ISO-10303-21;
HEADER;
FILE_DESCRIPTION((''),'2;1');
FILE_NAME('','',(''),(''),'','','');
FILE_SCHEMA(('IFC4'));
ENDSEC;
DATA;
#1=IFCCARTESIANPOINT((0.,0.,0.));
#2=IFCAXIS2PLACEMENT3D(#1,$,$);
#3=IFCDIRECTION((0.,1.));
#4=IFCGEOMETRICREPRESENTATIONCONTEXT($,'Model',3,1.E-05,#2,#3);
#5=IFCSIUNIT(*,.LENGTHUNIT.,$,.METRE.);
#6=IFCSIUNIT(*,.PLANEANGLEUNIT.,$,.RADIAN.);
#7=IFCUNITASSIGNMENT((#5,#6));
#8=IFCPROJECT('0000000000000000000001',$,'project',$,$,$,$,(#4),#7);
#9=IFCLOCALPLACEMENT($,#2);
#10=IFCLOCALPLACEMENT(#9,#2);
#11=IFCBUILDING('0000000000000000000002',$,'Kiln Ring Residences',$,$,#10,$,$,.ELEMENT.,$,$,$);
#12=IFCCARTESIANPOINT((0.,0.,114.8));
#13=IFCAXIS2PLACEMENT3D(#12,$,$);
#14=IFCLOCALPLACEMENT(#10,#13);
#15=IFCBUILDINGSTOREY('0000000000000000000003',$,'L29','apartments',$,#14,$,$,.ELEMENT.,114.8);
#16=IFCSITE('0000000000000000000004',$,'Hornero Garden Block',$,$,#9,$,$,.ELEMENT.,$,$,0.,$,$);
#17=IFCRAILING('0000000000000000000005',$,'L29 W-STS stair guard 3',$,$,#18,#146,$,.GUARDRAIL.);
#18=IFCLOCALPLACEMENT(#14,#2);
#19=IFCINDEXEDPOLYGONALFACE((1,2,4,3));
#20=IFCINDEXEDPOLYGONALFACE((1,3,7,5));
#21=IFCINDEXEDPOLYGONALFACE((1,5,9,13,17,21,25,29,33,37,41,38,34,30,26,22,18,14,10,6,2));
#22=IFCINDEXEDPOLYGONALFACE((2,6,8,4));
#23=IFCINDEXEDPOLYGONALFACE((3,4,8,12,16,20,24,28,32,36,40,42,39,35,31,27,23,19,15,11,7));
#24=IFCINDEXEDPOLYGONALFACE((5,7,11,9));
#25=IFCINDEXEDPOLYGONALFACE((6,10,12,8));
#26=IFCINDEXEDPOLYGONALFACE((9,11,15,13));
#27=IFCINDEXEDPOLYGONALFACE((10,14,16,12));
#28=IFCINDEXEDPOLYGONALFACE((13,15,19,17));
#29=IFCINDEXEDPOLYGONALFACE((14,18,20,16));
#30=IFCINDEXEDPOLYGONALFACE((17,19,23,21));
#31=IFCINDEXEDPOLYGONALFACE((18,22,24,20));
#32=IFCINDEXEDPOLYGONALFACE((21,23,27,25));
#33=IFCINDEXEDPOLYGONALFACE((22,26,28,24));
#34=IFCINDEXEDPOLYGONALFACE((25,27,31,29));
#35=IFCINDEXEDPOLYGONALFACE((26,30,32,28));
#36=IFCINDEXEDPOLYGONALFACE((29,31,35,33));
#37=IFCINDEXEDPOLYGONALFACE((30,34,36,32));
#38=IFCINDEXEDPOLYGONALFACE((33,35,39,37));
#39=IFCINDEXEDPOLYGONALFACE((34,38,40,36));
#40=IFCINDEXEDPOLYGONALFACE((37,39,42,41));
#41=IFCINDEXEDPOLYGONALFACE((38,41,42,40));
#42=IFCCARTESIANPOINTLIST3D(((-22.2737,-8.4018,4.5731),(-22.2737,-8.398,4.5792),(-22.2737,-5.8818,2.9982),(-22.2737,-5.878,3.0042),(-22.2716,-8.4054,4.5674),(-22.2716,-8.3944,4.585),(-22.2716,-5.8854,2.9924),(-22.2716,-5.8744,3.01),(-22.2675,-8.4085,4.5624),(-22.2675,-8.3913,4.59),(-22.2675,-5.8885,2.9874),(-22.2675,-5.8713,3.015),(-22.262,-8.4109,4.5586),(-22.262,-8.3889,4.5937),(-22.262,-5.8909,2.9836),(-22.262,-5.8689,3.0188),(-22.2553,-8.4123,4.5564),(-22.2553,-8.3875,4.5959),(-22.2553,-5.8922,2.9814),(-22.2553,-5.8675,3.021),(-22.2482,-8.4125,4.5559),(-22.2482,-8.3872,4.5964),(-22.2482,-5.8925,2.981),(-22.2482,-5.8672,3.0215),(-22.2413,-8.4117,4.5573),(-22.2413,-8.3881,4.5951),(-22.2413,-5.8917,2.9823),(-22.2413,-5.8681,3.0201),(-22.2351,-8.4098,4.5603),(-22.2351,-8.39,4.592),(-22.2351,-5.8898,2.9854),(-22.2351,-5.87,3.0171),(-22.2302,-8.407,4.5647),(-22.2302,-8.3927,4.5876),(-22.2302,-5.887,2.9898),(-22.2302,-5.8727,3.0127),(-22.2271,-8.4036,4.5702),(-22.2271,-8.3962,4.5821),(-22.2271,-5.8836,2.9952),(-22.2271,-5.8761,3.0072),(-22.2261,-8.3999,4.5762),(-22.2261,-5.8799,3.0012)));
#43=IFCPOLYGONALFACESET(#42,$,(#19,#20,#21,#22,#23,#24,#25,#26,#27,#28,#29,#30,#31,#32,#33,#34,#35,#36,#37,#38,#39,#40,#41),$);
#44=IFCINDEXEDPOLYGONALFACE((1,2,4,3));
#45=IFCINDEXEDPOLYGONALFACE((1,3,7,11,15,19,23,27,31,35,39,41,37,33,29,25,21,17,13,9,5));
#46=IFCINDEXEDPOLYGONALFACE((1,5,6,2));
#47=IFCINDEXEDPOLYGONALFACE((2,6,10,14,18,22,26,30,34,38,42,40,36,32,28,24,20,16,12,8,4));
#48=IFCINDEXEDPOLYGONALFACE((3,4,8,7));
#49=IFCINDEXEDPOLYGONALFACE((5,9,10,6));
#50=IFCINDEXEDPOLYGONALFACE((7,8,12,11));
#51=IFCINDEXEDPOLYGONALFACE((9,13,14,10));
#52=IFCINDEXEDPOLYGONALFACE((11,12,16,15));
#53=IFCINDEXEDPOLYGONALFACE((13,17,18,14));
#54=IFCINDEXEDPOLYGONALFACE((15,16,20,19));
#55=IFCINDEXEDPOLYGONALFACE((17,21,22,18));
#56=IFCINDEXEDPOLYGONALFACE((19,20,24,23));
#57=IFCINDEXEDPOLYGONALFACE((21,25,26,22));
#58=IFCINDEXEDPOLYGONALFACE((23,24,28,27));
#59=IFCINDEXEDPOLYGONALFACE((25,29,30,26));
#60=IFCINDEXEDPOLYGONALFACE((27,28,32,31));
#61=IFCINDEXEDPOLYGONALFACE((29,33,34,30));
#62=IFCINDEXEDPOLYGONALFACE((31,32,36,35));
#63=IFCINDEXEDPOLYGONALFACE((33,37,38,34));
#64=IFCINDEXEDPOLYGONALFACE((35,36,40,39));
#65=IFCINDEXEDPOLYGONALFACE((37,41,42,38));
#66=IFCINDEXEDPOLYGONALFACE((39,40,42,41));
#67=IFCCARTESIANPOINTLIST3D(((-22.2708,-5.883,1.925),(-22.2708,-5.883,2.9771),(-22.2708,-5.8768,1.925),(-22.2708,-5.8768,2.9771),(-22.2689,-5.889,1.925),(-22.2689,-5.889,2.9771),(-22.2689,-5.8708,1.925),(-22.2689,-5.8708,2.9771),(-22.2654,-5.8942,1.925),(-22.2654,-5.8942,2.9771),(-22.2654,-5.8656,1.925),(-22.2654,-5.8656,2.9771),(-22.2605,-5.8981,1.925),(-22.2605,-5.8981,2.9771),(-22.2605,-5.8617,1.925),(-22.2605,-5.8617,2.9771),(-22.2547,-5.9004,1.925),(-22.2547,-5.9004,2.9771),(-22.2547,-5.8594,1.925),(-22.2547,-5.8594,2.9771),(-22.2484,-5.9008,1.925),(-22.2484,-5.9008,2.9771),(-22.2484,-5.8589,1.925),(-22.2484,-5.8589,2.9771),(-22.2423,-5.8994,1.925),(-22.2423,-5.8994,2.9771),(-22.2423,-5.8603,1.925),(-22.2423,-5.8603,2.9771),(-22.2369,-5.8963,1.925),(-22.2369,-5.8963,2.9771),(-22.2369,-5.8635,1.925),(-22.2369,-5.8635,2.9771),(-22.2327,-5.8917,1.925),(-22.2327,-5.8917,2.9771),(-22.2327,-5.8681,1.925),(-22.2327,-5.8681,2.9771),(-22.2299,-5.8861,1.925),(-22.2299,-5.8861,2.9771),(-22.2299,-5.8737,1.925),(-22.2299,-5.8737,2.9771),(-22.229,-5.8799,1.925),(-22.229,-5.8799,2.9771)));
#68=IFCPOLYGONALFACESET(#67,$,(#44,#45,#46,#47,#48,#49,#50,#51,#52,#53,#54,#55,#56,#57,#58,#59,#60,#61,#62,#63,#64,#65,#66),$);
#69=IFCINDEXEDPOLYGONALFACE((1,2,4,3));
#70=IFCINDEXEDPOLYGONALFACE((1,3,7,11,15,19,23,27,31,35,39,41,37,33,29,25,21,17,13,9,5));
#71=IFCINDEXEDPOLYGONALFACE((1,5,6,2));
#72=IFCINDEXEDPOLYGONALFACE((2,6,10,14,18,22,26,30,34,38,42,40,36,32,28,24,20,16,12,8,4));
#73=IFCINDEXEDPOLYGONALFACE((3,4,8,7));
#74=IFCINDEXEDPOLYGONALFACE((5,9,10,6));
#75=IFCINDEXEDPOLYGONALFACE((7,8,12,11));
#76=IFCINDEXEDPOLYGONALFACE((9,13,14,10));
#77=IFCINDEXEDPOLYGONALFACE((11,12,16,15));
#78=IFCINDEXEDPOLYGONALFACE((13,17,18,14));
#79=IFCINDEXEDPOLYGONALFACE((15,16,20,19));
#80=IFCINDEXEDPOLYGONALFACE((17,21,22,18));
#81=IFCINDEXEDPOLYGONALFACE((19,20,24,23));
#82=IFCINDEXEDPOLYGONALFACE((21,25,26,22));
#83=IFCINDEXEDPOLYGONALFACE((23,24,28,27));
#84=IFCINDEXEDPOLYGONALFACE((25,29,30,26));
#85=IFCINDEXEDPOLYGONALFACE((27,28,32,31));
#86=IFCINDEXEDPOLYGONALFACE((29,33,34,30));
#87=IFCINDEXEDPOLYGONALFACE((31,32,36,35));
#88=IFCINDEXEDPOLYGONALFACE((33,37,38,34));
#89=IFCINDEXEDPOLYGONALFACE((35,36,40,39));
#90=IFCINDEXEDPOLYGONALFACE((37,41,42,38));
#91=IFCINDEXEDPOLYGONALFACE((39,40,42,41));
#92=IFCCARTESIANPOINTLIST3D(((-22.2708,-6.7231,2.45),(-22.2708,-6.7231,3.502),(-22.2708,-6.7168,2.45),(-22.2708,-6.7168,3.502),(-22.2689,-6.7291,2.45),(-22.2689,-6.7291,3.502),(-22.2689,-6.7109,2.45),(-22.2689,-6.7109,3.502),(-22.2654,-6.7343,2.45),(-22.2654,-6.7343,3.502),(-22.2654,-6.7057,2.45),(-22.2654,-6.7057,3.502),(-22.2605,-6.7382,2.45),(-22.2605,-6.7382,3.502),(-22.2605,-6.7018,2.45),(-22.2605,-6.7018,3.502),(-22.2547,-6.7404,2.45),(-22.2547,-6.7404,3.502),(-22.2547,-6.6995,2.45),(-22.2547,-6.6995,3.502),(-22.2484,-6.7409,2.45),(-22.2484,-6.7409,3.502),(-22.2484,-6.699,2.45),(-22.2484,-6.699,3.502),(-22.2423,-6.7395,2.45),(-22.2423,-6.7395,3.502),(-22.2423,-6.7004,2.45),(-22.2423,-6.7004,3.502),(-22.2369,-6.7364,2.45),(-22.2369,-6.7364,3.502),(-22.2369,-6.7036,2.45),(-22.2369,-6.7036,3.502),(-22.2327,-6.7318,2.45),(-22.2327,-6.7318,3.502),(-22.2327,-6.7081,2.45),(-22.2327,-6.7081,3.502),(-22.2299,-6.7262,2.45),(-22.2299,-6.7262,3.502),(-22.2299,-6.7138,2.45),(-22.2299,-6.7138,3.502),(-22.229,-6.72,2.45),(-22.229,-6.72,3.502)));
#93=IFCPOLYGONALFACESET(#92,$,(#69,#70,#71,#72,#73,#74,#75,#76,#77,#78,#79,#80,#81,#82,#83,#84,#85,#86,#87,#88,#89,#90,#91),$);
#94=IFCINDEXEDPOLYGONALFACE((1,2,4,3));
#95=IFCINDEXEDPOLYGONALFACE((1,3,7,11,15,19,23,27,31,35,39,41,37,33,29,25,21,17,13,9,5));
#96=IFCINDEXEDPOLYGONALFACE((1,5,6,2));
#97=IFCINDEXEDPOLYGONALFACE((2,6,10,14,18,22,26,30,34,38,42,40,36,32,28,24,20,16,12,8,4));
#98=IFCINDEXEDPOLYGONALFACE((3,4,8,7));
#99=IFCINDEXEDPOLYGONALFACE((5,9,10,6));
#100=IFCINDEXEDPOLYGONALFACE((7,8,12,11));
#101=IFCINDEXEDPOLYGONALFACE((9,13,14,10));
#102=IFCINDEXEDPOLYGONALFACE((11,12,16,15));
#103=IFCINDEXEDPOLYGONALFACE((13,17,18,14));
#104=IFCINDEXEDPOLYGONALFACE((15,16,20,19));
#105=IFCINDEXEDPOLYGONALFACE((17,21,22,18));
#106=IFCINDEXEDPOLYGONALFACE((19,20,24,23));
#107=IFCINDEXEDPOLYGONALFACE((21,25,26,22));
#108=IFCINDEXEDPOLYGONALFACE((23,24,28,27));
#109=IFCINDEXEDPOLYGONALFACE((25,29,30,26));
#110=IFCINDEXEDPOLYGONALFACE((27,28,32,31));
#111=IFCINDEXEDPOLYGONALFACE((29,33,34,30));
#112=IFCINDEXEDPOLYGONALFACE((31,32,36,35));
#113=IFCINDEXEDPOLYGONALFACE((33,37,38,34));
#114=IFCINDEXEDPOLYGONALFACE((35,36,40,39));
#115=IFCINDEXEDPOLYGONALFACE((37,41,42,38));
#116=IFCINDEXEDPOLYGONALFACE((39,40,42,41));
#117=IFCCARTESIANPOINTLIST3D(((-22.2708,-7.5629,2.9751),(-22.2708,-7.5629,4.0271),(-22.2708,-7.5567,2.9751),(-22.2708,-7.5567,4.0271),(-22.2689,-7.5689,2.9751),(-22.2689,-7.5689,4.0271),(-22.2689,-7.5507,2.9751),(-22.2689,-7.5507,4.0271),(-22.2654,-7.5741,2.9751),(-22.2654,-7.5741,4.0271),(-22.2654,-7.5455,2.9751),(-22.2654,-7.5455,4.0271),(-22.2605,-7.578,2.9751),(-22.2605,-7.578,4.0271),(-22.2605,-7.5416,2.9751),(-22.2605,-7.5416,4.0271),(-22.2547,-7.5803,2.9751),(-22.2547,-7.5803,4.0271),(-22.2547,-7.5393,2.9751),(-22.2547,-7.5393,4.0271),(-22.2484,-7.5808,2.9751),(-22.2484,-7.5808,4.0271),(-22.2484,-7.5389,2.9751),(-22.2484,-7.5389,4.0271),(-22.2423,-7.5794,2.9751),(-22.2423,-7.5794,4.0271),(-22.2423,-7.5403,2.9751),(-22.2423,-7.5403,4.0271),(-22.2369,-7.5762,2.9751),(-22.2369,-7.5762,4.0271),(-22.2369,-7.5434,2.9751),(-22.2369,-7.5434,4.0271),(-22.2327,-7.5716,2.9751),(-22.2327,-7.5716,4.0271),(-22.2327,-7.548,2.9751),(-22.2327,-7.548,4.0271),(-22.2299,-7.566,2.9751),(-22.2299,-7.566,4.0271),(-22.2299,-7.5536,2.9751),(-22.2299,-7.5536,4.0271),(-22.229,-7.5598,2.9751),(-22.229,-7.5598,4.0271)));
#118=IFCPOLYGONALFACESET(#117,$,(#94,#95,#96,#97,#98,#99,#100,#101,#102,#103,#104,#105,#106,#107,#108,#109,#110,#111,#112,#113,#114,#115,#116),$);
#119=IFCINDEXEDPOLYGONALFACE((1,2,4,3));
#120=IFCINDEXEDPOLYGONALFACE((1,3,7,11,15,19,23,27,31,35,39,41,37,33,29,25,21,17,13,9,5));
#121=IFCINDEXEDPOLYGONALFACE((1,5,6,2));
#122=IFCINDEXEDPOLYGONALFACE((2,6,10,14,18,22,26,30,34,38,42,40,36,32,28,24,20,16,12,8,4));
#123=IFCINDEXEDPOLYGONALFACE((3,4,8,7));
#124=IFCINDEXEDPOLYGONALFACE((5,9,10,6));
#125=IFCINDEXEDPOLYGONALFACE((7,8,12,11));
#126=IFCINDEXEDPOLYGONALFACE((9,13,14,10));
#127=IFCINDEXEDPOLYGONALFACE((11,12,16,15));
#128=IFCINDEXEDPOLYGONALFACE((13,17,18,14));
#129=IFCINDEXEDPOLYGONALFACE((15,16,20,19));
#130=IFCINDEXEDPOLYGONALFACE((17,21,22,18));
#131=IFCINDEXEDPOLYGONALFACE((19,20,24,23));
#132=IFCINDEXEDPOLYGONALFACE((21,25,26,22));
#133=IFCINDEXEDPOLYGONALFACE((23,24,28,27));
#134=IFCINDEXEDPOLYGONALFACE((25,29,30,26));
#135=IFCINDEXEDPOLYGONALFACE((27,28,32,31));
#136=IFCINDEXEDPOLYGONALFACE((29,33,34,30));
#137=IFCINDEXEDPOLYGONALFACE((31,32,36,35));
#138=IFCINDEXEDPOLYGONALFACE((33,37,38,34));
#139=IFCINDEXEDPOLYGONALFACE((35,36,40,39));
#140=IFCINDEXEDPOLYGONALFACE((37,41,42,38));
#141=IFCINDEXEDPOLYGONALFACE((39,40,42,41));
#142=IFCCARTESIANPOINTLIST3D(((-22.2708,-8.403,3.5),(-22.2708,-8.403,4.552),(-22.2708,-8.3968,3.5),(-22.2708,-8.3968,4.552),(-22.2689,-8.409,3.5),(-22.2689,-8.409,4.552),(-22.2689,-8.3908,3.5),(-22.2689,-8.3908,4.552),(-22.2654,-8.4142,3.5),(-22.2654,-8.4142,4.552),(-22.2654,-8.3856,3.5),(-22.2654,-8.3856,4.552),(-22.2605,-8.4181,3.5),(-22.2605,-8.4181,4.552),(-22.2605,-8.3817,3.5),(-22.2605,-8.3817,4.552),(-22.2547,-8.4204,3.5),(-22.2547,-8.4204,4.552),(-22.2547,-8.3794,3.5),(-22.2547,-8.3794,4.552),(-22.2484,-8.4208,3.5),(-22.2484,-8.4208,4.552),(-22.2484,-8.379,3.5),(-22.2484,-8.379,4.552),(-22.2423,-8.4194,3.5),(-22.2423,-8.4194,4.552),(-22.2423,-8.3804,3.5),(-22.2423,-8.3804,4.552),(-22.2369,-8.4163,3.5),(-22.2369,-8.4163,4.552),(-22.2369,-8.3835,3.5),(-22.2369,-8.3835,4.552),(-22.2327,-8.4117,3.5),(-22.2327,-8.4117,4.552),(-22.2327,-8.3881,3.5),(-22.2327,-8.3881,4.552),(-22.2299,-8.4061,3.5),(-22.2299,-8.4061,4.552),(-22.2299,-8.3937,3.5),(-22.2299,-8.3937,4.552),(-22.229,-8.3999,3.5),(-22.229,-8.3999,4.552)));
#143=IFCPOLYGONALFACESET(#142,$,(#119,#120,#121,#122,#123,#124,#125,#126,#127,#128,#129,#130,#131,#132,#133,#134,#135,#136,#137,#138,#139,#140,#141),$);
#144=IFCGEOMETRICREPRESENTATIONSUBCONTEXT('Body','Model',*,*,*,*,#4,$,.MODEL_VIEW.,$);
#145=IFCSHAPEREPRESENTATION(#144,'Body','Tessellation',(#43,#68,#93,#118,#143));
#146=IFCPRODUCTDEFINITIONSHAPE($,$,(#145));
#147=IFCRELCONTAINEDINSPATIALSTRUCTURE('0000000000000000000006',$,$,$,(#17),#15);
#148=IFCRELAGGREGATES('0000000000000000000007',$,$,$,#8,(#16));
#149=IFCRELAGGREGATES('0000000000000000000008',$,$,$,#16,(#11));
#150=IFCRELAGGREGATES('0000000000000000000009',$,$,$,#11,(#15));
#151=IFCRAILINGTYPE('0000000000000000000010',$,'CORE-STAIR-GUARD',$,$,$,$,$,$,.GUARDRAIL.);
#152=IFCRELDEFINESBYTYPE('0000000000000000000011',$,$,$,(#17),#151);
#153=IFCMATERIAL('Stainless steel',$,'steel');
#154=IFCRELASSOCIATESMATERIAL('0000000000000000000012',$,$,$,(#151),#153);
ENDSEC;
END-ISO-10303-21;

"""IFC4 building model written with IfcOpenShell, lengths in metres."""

from ifc_helpers import new_model, si_unit, direction, frame, origin, origin_2d, place, context, subcontext, project, spatial, circle, extrude, material, type_object, element, save


model = new_model("IFC4")

# Units and contexts
model_context = context("Model", 3, precision=1e-05, world=origin(), true_north=direction((0.0, 1.0)))
body_context = subcontext(model_context, "Body", "Model", "MODEL_VIEW")
ifc_project = project(units=[si_unit("LENGTHUNIT", "METRE"), si_unit("PLANEANGLEUNIT", "RADIAN")], contexts=[model_context])

# Site, building, storey
site_placement = place(None, origin())
site = spatial("IfcSite", under=ifc_project, at=site_placement, Name="Hornero Garden Block", CompositionType="ELEMENT", RefElevation=0.0)
building_placement = place(site_placement, origin())
building = spatial("IfcBuilding", under=site, at=building_placement, Name="Kiln Ring Residences", CompositionType="ELEMENT")
storey_placement = place(building_placement, frame((0.0, 0.0, 114.8)))
storey = spatial("IfcBuildingStorey", under=building, at=storey_placement, Name="L29", Description="apartments", CompositionType="ELEMENT", Elevation=114.8)

# Railing
ifc_material_1 = material(Name="Stainless steel", Category="steel")
railing_type_1 = type_object("IfcRailingType", Name="CORE-STAIR-GUARD", PredefinedType="GUARDRAIL", material=ifc_material_1)
railing_1_placement = place(storey_placement, frame((-22.25, -5.8799, 1.925)))
element("IfcRailing", 1, at=railing_1_placement, inside=storey, type_object=railing_type_1, Name="L29 W-STS stair guard 3", PredefinedType="GUARDRAIL", context=body_context, shape_type="SweptSolid", body=[
    extrude(circle(Radius=0.0239, at=origin_2d()), frame((0.0, 0.0, 1.0762), z_axis=(0.0, -0.848008, 0.529984), x_axis=(1.0, 0.0, 0.0)), (0.0, 0.0, 1.0), 2.9717),
    extrude(circle(Radius=0.021, at=origin_2d()), origin(), (0.0, 0.0, 1.0), 1.052),
    extrude(circle(Radius=0.021, at=origin_2d()), frame((0.0, -0.8401, 0.5249)), (0.0, 0.0, 1.0), 1.052),
    extrude(circle(Radius=0.021, at=origin_2d()), frame((0.0, -1.6799, 1.05)), (0.0, 0.0, 1.0), 1.052),
    extrude(circle(Radius=0.021, at=origin_2d()), frame((0.0, -2.52, 1.575)), (0.0, 0.0, 1.0), 1.052),
])

save(model, "model.ifc")
